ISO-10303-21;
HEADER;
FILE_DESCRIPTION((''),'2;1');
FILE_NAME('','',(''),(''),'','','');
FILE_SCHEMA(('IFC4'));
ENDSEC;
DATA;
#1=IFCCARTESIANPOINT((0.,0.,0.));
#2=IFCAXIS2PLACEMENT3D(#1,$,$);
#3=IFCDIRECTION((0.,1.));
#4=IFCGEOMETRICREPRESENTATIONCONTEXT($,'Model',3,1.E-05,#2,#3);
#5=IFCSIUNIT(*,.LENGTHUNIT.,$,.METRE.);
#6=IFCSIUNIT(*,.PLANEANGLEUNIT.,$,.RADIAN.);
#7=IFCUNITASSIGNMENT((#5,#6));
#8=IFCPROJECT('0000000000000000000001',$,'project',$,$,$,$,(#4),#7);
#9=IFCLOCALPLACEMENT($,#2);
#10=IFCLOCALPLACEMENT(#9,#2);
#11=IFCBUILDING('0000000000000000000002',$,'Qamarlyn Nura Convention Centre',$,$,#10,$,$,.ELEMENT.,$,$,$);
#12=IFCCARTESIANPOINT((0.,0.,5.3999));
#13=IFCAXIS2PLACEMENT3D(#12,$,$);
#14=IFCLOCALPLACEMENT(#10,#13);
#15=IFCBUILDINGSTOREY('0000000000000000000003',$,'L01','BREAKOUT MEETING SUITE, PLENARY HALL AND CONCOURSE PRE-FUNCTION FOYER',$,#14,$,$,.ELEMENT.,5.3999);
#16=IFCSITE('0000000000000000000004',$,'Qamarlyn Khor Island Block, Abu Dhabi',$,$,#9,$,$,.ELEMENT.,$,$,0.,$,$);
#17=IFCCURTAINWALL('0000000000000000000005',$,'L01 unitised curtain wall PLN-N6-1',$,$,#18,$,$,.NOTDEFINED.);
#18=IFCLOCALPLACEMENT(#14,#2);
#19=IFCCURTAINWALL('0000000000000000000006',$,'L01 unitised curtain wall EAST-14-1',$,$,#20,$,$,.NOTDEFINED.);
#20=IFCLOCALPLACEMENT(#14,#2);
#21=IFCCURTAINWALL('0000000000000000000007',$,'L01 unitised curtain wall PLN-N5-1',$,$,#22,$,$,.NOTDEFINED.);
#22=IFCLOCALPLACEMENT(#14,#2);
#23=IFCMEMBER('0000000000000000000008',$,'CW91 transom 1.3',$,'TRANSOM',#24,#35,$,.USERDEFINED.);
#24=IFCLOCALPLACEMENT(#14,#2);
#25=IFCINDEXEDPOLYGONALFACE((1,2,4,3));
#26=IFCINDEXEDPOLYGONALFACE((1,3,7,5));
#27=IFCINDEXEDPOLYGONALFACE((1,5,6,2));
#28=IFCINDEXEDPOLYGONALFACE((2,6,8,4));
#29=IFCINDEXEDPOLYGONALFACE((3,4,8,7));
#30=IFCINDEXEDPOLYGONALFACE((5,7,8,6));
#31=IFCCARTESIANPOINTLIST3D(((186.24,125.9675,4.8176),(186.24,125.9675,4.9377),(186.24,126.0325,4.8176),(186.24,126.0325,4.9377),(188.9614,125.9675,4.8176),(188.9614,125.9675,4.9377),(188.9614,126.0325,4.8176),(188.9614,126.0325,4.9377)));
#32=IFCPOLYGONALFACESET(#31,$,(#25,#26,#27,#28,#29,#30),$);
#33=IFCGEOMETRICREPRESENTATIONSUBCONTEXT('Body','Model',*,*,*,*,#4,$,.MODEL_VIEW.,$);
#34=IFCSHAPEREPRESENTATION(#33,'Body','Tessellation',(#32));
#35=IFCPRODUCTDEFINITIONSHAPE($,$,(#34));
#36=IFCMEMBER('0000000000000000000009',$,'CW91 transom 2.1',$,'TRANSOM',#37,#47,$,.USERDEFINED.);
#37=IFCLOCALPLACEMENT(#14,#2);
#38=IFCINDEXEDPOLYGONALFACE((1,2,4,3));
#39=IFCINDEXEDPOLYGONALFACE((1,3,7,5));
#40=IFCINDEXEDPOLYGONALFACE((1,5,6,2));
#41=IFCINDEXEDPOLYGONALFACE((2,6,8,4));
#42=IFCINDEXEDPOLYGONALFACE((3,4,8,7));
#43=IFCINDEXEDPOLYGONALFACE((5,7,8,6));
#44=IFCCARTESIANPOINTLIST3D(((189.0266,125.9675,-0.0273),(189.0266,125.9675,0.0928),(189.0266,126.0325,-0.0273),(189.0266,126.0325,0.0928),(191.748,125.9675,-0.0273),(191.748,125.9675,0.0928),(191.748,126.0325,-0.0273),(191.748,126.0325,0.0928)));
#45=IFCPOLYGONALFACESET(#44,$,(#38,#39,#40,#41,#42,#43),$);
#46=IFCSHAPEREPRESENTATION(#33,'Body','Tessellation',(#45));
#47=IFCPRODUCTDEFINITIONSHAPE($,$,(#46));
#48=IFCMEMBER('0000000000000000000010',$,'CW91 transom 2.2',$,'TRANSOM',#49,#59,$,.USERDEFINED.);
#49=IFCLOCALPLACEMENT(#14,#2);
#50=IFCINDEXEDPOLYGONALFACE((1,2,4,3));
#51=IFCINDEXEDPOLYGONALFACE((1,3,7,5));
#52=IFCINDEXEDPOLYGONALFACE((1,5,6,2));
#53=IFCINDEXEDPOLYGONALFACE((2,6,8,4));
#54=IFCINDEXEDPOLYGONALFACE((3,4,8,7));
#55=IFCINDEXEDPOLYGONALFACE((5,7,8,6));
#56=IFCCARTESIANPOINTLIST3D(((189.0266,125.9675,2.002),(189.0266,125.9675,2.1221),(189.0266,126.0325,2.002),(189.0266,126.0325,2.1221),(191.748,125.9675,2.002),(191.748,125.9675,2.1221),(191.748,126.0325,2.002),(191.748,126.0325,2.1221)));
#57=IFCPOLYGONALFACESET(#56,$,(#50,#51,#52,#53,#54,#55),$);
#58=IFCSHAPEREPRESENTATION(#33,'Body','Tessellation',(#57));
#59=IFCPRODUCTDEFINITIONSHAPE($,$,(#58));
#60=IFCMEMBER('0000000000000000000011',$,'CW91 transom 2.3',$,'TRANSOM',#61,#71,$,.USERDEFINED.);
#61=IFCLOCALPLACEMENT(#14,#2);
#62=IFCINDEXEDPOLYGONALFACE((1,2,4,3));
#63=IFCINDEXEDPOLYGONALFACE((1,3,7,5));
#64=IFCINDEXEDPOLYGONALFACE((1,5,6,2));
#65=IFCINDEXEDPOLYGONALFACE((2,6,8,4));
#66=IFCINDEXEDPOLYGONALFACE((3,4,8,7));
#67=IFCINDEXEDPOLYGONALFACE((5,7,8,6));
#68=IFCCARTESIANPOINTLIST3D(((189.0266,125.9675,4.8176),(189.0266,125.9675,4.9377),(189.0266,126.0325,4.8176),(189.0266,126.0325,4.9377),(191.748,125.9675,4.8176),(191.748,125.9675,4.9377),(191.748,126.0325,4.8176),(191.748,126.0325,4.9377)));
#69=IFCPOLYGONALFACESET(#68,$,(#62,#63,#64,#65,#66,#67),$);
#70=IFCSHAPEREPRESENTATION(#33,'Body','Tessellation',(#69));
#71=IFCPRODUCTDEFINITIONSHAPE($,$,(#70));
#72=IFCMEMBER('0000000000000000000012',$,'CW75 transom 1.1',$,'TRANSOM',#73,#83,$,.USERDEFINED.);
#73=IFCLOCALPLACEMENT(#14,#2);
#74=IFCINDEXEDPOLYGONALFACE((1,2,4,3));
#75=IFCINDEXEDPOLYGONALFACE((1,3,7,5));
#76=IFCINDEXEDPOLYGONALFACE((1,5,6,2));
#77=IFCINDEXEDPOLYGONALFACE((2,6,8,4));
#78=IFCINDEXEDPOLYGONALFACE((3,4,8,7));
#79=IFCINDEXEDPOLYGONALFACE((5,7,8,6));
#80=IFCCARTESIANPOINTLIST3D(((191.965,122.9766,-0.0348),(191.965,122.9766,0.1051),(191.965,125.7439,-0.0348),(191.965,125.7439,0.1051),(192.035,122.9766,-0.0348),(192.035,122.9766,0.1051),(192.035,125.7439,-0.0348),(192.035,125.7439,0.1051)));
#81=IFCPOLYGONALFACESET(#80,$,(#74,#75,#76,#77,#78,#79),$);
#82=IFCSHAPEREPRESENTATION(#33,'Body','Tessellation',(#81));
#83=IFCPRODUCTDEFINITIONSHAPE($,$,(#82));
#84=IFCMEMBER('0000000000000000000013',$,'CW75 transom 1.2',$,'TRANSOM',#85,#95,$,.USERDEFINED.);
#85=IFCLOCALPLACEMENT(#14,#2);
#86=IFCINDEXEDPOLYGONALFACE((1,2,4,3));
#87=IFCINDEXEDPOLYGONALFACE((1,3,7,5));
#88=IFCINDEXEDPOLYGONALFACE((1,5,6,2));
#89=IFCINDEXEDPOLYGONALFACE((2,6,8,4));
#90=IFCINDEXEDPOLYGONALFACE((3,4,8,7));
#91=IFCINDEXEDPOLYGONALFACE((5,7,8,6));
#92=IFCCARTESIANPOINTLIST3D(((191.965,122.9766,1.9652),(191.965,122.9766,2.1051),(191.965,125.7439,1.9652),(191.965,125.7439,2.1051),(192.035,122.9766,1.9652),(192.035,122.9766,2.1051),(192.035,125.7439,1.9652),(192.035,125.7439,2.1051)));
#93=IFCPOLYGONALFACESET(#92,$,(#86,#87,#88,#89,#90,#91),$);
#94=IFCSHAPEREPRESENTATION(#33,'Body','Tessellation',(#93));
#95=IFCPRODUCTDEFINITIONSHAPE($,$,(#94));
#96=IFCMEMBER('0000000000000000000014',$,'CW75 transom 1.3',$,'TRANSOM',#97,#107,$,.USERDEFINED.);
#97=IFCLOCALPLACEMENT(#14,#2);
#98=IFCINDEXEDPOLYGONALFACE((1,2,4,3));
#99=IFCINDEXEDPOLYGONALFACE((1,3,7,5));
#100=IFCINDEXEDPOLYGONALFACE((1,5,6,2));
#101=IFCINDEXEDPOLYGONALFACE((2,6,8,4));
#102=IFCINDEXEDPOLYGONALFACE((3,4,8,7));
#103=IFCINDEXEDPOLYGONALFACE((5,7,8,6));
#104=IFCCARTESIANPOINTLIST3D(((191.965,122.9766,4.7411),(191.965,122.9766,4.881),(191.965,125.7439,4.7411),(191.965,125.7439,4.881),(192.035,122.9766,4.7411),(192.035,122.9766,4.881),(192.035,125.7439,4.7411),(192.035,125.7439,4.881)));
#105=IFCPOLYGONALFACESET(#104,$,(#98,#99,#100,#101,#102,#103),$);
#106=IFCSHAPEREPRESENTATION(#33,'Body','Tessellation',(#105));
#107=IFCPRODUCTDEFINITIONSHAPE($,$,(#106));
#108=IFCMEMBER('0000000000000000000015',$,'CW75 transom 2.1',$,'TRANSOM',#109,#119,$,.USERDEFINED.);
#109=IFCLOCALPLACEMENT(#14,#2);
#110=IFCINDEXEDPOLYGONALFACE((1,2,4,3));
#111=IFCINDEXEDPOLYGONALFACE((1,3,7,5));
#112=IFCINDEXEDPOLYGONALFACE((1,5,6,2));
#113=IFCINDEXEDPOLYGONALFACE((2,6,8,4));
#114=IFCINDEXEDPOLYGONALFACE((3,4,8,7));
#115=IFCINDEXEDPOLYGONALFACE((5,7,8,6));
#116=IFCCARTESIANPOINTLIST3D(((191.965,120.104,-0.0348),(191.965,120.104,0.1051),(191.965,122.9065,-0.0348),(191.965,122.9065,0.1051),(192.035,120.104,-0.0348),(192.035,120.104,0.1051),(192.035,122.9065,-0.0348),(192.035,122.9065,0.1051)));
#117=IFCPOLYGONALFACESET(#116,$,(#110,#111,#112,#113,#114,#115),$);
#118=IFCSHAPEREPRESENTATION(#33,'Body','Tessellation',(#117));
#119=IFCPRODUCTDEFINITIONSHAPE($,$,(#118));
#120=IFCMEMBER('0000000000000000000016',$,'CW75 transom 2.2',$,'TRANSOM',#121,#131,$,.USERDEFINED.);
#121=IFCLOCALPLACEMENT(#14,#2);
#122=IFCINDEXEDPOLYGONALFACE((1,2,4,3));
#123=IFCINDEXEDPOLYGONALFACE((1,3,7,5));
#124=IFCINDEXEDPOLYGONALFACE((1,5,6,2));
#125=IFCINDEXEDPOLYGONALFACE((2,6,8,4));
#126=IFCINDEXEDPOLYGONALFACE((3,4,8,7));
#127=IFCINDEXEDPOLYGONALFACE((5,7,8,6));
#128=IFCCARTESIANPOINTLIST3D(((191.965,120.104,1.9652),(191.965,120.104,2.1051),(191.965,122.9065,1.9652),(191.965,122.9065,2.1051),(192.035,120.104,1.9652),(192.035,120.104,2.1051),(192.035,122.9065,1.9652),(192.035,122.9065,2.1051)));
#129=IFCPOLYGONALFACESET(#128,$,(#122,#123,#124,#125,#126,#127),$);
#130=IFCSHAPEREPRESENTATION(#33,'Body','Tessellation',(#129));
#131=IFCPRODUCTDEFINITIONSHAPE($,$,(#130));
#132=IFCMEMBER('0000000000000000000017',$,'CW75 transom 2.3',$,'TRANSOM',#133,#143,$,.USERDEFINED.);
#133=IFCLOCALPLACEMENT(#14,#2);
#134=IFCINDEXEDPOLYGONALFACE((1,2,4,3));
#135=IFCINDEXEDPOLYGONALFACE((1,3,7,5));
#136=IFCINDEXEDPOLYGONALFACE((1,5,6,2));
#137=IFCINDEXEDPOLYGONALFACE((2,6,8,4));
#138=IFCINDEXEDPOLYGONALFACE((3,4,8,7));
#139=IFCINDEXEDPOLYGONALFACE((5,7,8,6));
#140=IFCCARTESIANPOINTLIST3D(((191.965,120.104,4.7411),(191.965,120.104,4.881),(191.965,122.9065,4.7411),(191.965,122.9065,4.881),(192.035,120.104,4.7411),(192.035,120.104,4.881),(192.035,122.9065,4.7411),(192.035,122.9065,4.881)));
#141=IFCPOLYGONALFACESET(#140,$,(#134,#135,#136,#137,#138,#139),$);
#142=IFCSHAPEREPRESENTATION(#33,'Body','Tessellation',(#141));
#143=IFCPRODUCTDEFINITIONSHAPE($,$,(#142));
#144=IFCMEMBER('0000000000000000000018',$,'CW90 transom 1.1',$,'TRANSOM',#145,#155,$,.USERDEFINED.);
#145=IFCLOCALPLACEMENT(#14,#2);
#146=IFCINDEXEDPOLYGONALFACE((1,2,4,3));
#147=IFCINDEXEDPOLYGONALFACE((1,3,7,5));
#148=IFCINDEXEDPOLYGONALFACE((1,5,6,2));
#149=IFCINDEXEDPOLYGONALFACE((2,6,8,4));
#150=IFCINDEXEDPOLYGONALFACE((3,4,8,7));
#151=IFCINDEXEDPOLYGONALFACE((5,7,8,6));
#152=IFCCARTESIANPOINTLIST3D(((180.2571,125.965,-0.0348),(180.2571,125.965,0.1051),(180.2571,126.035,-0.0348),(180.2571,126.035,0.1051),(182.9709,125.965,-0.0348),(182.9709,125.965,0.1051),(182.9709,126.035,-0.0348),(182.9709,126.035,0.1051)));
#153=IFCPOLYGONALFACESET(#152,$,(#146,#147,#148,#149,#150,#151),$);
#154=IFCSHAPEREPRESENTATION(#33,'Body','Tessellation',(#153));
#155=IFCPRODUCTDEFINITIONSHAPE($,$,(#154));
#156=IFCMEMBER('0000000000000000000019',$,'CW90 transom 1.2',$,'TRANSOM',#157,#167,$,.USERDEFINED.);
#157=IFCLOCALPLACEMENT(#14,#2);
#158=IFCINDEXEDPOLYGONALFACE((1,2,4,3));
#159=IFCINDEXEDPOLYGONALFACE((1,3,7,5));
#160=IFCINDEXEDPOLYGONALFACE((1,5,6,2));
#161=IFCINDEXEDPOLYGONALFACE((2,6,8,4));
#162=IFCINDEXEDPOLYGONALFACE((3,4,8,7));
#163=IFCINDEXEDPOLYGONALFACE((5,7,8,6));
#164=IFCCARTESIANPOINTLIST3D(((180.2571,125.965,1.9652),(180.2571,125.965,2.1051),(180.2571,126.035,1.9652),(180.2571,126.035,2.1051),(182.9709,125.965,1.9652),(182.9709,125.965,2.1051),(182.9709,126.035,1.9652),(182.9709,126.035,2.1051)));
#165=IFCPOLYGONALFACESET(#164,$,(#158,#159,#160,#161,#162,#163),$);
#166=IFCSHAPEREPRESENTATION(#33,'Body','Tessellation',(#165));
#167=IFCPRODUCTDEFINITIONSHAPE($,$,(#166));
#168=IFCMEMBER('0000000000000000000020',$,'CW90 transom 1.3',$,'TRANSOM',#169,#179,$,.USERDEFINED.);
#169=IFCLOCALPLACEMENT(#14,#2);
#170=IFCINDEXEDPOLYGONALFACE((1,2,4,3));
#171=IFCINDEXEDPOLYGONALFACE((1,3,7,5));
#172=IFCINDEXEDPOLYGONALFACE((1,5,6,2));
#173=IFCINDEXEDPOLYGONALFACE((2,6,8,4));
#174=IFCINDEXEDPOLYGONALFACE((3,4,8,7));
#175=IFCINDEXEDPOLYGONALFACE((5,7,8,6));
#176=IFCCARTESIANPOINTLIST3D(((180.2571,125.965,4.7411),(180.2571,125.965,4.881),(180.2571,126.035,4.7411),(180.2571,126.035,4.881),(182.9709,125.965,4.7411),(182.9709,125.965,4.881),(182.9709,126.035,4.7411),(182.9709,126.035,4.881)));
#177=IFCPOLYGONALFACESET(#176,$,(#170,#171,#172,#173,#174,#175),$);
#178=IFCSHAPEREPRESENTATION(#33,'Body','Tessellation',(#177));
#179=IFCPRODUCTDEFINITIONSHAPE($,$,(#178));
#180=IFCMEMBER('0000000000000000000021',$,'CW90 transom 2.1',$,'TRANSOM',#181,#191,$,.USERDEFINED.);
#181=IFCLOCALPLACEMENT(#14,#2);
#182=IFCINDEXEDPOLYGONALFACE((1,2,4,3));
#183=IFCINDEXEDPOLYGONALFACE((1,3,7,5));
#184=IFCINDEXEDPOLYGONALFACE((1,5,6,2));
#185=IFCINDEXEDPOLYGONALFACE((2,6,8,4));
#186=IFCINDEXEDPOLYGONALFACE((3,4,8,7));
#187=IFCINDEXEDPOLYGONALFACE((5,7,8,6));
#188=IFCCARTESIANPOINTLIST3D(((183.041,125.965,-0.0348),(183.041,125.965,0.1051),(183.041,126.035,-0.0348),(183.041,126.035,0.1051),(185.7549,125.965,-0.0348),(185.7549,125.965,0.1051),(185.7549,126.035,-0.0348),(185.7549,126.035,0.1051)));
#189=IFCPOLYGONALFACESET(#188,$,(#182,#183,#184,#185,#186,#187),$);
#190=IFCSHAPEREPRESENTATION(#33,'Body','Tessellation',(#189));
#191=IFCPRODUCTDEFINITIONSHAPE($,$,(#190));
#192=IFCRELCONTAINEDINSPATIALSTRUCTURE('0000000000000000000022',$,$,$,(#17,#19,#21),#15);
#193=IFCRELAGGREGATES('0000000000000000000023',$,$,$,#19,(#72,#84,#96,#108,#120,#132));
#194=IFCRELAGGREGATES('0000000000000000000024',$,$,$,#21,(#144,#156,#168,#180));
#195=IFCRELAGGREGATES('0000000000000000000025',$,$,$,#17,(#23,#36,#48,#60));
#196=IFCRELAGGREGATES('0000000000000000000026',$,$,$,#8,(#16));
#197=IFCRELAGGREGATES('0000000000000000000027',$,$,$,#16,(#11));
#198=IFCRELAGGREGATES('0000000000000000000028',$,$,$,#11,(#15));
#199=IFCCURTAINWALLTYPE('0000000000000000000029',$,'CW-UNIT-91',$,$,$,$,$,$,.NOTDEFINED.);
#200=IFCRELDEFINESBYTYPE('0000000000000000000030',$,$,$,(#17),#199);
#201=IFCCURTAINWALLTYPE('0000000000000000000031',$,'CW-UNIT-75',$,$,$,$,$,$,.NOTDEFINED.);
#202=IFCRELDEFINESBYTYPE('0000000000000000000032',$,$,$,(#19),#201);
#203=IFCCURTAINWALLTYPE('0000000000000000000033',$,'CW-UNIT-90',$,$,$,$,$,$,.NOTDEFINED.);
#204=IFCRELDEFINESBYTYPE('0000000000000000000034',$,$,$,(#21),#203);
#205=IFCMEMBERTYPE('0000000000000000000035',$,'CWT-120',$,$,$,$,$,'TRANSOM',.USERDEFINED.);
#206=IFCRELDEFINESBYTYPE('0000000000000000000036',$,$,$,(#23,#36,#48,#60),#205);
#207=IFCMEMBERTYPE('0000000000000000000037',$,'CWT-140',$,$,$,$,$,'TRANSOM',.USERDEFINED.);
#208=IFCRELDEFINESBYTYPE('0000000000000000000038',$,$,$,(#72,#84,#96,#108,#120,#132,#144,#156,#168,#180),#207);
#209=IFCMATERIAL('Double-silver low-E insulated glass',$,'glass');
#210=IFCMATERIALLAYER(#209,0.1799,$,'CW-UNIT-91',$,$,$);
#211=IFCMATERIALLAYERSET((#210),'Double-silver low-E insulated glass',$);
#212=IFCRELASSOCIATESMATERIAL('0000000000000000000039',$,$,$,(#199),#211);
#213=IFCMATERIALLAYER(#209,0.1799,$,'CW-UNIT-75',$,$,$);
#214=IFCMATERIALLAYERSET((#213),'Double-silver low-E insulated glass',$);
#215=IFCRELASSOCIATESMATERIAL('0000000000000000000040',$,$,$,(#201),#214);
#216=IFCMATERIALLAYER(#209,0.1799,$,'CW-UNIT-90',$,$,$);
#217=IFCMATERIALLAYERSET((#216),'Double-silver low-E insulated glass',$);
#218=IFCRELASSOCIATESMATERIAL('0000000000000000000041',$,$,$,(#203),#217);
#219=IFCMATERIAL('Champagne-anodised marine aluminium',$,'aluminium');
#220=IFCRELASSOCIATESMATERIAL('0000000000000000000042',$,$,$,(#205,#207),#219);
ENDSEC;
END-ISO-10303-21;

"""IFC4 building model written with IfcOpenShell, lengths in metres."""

from ifc_helpers import new_model, si_unit, direction, frame, origin, origin_2d, place, context, subcontext, project, spatial, rectangle, extrude, material, layer, layer_set, material_profile, profile_set, type_object, element, aggregate, save


model = new_model("IFC4")

# Units and contexts
model_context = context("Model", 3, precision=1e-05, world=origin(), true_north=direction((0.0, 1.0)))
body_context = subcontext(model_context, "Body", "Model", "MODEL_VIEW")
ifc_project = project(units=[si_unit("LENGTHUNIT", "METRE"), si_unit("PLANEANGLEUNIT", "RADIAN")], contexts=[model_context])

# Site, building, storey
site_placement = place(None, origin())
site = spatial("IfcSite", under=ifc_project, at=site_placement, Name="Qamarlyn Khor Island Block, Abu Dhabi", CompositionType="ELEMENT", RefElevation=0.0)
building_placement = place(site_placement, origin())
building = spatial("IfcBuilding", under=site, at=building_placement, Name="Qamarlyn Nura Convention Centre", CompositionType="ELEMENT")
storey_placement = place(building_placement, frame((0.0, 0.0, 5.3999)))
storey = spatial("IfcBuildingStorey", under=building, at=storey_placement, Name="L01", Description="BREAKOUT MEETING SUITE, PLENARY HALL AND CONCOURSE PRE-FUNCTION FOYER", CompositionType="ELEMENT", Elevation=5.3999)

# Curtain walls
ifc_material_1 = material(Name="Double-silver low-E insulated glass", Category="glass")
ifc_layer_1 = layer(ifc_material_1, 0.1799, Name="CW-UNIT-91")
ifc_layer_set_1 = layer_set([ifc_layer_1], Name="Double-silver low-E insulated glass")
curtain_wall_type_1 = type_object("IfcCurtainWallType", Name="CW-UNIT-91", PredefinedType="NOTDEFINED", material=ifc_layer_set_1)
curtain_wall_1_placement = place(storey_placement, origin())
curtain_wall_1 = element("IfcCurtainWall", 1, at=curtain_wall_1_placement, inside=storey, type_object=curtain_wall_type_1, Name="L01 unitised curtain wall PLN-N6-1", PredefinedType="NOTDEFINED")
ifc_material_2 = material(Name="Champagne-anodised marine aluminium", Category="aluminium")
ifc_layer_2 = layer(ifc_material_1, 0.1799, Name="CW-UNIT-75")
ifc_layer_set_2 = layer_set([ifc_layer_2], Name="Double-silver low-E insulated glass")
curtain_wall_type_2 = type_object("IfcCurtainWallType", Name="CW-UNIT-75", PredefinedType="NOTDEFINED", material=ifc_layer_set_2)
curtain_wall_2_placement = place(storey_placement, origin())
curtain_wall_2 = element("IfcCurtainWall", 2, at=curtain_wall_2_placement, inside=storey, type_object=curtain_wall_type_2, Name="L01 unitised curtain wall EAST-14-1", PredefinedType="NOTDEFINED")
ifc_layer_3 = layer(ifc_material_1, 0.1799, Name="CW-UNIT-90")
ifc_layer_set_3 = layer_set([ifc_layer_3], Name="Double-silver low-E insulated glass")
curtain_wall_type_3 = type_object("IfcCurtainWallType", Name="CW-UNIT-90", PredefinedType="NOTDEFINED", material=ifc_layer_set_3)
curtain_wall_3_placement = place(storey_placement, origin())
curtain_wall_3 = element("IfcCurtainWall", 3, at=curtain_wall_3_placement, inside=storey, type_object=curtain_wall_type_3, Name="L01 unitised curtain wall PLN-N5-1", PredefinedType="NOTDEFINED")

# Members
ifc_material_profile_1 = material_profile(ifc_material_2, rectangle(XDim=0.0649, YDim=0.1201, at=origin_2d()), Name="ALU TRANSOM 65x120")
ifc_profile_set_1 = profile_set([ifc_material_profile_1], Name="Champagne-anodised marine aluminium")
member_type_1 = type_object("IfcMemberType", Name="CWT-120", ElementType="TRANSOM", PredefinedType="USERDEFINED", material=ifc_profile_set_1)
member_1_placement = place(storey_placement, frame((186.24, 126.0, 4.8777), z_axis=(1.0, 0.0, 0.0), x_axis=(0.0, 1.0, 0.0)))
member_1 = element("IfcMember", 4, at=member_1_placement, type_object=member_type_1, Name="CW91 transom 1.3", ObjectType="TRANSOM", PredefinedType="USERDEFINED", context=body_context, shape_type="SweptSolid", body=[
    extrude(rectangle(XDim=0.0649, YDim=0.1201, at=origin_2d()), origin(), (0.0, 0.0, 1.0), 2.7214),
])
member_2_placement = place(storey_placement, frame((189.0266, 126.0, 0.0327), z_axis=(1.0, 0.0, 0.0), x_axis=(0.0, 1.0, 0.0)))
member_2 = element("IfcMember", 5, at=member_2_placement, type_object=member_type_1, Name="CW91 transom 2.1", ObjectType="TRANSOM", PredefinedType="USERDEFINED", context=body_context, shape_type="SweptSolid", body=[
    extrude(rectangle(XDim=0.0649, YDim=0.1201, at=origin_2d()), origin(), (0.0, 0.0, 1.0), 2.7214),
])
member_3_placement = place(storey_placement, frame((189.0266, 126.0, 2.062), z_axis=(1.0, 0.0, 0.0), x_axis=(0.0, 1.0, 0.0)))
member_3 = element("IfcMember", 6, at=member_3_placement, type_object=member_type_1, Name="CW91 transom 2.2", ObjectType="TRANSOM", PredefinedType="USERDEFINED", context=body_context, shape_type="SweptSolid", body=[
    extrude(rectangle(XDim=0.0649, YDim=0.1201, at=origin_2d()), origin(), (0.0, 0.0, 1.0), 2.7214),
])
member_4_placement = place(storey_placement, frame((189.0266, 126.0, 4.8777), z_axis=(1.0, 0.0, 0.0), x_axis=(0.0, 1.0, 0.0)))
member_4 = element("IfcMember", 7, at=member_4_placement, type_object=member_type_1, Name="CW91 transom 2.3", ObjectType="TRANSOM", PredefinedType="USERDEFINED", context=body_context, shape_type="SweptSolid", body=[
    extrude(rectangle(XDim=0.0649, YDim=0.1201, at=origin_2d()), origin(), (0.0, 0.0, 1.0), 2.7214),
])
ifc_material_profile_2 = material_profile(ifc_material_2, rectangle(XDim=0.0701, YDim=0.1399, at=origin_2d()), Name="ALU TRANSOM 70x140")
ifc_profile_set_2 = profile_set([ifc_material_profile_2], Name="Champagne-anodised marine aluminium")
member_type_2 = type_object("IfcMemberType", Name="CWT-140", ElementType="TRANSOM", PredefinedType="USERDEFINED", material=ifc_profile_set_2)
member_5_placement = place(storey_placement, frame((192.0, 125.7439, 0.0352), z_axis=(0.0, -1.0, 0.0), x_axis=(1.0, 0.0, 0.0)))
member_5 = element("IfcMember", 8, at=member_5_placement, type_object=member_type_2, Name="CW75 transom 1.1", ObjectType="TRANSOM", PredefinedType="USERDEFINED", context=body_context, shape_type="SweptSolid", body=[
    extrude(rectangle(XDim=0.0701, YDim=0.1399, at=origin_2d()), origin(), (0.0, 0.0, 1.0), 2.7673),
])
member_6_placement = place(storey_placement, frame((192.0, 125.7439, 2.0352), z_axis=(0.0, -1.0, 0.0), x_axis=(1.0, 0.0, 0.0)))
member_6 = element("IfcMember", 9, at=member_6_placement, type_object=member_type_2, Name="CW75 transom 1.2", ObjectType="TRANSOM", PredefinedType="USERDEFINED", context=body_context, shape_type="SweptSolid", body=[
    extrude(rectangle(XDim=0.0701, YDim=0.1399, at=origin_2d()), origin(), (0.0, 0.0, 1.0), 2.7673),
])
member_7_placement = place(storey_placement, frame((192.0, 125.7439, 4.811), z_axis=(0.0, -1.0, 0.0), x_axis=(1.0, 0.0, 0.0)))
member_7 = element("IfcMember", 10, at=member_7_placement, type_object=member_type_2, Name="CW75 transom 1.3", ObjectType="TRANSOM", PredefinedType="USERDEFINED", context=body_context, shape_type="SweptSolid", body=[
    extrude(rectangle(XDim=0.0701, YDim=0.1399, at=origin_2d()), origin(), (0.0, 0.0, 1.0), 2.7673),
])
member_8_placement = place(storey_placement, frame((192.0, 122.9065, 0.0352), z_axis=(0.0, -1.0, 0.0), x_axis=(1.0, 0.0, 0.0)))
member_8 = element("IfcMember", 11, at=member_8_placement, type_object=member_type_2, Name="CW75 transom 2.1", ObjectType="TRANSOM", PredefinedType="USERDEFINED", context=body_context, shape_type="SweptSolid", body=[
    extrude(rectangle(XDim=0.0701, YDim=0.1399, at=origin_2d()), origin(), (0.0, 0.0, 1.0), 2.8025),
])
member_9_placement = place(storey_placement, frame((192.0, 122.9065, 2.0352), z_axis=(0.0, -1.0, 0.0), x_axis=(1.0, 0.0, 0.0)))
member_9 = element("IfcMember", 12, at=member_9_placement, type_object=member_type_2, Name="CW75 transom 2.2", ObjectType="TRANSOM", PredefinedType="USERDEFINED", context=body_context, shape_type="SweptSolid", body=[
    extrude(rectangle(XDim=0.0701, YDim=0.1399, at=origin_2d()), origin(), (0.0, 0.0, 1.0), 2.8025),
])
member_10_placement = place(storey_placement, frame((192.0, 122.9065, 4.811), z_axis=(0.0, -1.0, 0.0), x_axis=(1.0, 0.0, 0.0)))
member_10 = element("IfcMember", 13, at=member_10_placement, type_object=member_type_2, Name="CW75 transom 2.3", ObjectType="TRANSOM", PredefinedType="USERDEFINED", context=body_context, shape_type="SweptSolid", body=[
    extrude(rectangle(XDim=0.0701, YDim=0.1399, at=origin_2d()), origin(), (0.0, 0.0, 1.0), 2.8025),
])
member_11_placement = place(storey_placement, frame((180.2571, 126.0, 0.0352), z_axis=(1.0, 0.0, 0.0), x_axis=(0.0, 1.0, 0.0)))
member_11 = element("IfcMember", 14, at=member_11_placement, type_object=member_type_2, Name="CW90 transom 1.1", ObjectType="TRANSOM", PredefinedType="USERDEFINED", context=body_context, shape_type="SweptSolid", body=[
    extrude(rectangle(XDim=0.0701, YDim=0.1399, at=origin_2d()), origin(), (0.0, 0.0, 1.0), 2.7139),
])
member_12_placement = place(storey_placement, frame((180.2571, 126.0, 2.0352), z_axis=(1.0, 0.0, 0.0), x_axis=(0.0, 1.0, 0.0)))
member_12 = element("IfcMember", 15, at=member_12_placement, type_object=member_type_2, Name="CW90 transom 1.2", ObjectType="TRANSOM", PredefinedType="USERDEFINED", context=body_context, shape_type="SweptSolid", body=[
    extrude(rectangle(XDim=0.0701, YDim=0.1399, at=origin_2d()), origin(), (0.0, 0.0, 1.0), 2.7139),
])
member_13_placement = place(storey_placement, frame((180.2571, 126.0, 4.811), z_axis=(1.0, 0.0, 0.0), x_axis=(0.0, 1.0, 0.0)))
member_13 = element("IfcMember", 16, at=member_13_placement, type_object=member_type_2, Name="CW90 transom 1.3", ObjectType="TRANSOM", PredefinedType="USERDEFINED", context=body_context, shape_type="SweptSolid", body=[
    extrude(rectangle(XDim=0.0701, YDim=0.1399, at=origin_2d()), origin(), (0.0, 0.0, 1.0), 2.7139),
])
member_14_placement = place(storey_placement, frame((183.041, 126.0, 0.0352), z_axis=(1.0, 0.0, 0.0), x_axis=(0.0, 1.0, 0.0)))
member_14 = element("IfcMember", 17, at=member_14_placement, type_object=member_type_2, Name="CW90 transom 2.1", ObjectType="TRANSOM", PredefinedType="USERDEFINED", context=body_context, shape_type="SweptSolid", body=[
    extrude(rectangle(XDim=0.0701, YDim=0.1399, at=origin_2d()), origin(), (0.0, 0.0, 1.0), 2.7139),
])

aggregate(curtain_wall_2, [member_5, member_6, member_7, member_8, member_9, member_10])
aggregate(curtain_wall_3, [member_11, member_12, member_13, member_14])
aggregate(curtain_wall_1, [member_1, member_2, member_3, member_4])

save(model, "model.ifc")
